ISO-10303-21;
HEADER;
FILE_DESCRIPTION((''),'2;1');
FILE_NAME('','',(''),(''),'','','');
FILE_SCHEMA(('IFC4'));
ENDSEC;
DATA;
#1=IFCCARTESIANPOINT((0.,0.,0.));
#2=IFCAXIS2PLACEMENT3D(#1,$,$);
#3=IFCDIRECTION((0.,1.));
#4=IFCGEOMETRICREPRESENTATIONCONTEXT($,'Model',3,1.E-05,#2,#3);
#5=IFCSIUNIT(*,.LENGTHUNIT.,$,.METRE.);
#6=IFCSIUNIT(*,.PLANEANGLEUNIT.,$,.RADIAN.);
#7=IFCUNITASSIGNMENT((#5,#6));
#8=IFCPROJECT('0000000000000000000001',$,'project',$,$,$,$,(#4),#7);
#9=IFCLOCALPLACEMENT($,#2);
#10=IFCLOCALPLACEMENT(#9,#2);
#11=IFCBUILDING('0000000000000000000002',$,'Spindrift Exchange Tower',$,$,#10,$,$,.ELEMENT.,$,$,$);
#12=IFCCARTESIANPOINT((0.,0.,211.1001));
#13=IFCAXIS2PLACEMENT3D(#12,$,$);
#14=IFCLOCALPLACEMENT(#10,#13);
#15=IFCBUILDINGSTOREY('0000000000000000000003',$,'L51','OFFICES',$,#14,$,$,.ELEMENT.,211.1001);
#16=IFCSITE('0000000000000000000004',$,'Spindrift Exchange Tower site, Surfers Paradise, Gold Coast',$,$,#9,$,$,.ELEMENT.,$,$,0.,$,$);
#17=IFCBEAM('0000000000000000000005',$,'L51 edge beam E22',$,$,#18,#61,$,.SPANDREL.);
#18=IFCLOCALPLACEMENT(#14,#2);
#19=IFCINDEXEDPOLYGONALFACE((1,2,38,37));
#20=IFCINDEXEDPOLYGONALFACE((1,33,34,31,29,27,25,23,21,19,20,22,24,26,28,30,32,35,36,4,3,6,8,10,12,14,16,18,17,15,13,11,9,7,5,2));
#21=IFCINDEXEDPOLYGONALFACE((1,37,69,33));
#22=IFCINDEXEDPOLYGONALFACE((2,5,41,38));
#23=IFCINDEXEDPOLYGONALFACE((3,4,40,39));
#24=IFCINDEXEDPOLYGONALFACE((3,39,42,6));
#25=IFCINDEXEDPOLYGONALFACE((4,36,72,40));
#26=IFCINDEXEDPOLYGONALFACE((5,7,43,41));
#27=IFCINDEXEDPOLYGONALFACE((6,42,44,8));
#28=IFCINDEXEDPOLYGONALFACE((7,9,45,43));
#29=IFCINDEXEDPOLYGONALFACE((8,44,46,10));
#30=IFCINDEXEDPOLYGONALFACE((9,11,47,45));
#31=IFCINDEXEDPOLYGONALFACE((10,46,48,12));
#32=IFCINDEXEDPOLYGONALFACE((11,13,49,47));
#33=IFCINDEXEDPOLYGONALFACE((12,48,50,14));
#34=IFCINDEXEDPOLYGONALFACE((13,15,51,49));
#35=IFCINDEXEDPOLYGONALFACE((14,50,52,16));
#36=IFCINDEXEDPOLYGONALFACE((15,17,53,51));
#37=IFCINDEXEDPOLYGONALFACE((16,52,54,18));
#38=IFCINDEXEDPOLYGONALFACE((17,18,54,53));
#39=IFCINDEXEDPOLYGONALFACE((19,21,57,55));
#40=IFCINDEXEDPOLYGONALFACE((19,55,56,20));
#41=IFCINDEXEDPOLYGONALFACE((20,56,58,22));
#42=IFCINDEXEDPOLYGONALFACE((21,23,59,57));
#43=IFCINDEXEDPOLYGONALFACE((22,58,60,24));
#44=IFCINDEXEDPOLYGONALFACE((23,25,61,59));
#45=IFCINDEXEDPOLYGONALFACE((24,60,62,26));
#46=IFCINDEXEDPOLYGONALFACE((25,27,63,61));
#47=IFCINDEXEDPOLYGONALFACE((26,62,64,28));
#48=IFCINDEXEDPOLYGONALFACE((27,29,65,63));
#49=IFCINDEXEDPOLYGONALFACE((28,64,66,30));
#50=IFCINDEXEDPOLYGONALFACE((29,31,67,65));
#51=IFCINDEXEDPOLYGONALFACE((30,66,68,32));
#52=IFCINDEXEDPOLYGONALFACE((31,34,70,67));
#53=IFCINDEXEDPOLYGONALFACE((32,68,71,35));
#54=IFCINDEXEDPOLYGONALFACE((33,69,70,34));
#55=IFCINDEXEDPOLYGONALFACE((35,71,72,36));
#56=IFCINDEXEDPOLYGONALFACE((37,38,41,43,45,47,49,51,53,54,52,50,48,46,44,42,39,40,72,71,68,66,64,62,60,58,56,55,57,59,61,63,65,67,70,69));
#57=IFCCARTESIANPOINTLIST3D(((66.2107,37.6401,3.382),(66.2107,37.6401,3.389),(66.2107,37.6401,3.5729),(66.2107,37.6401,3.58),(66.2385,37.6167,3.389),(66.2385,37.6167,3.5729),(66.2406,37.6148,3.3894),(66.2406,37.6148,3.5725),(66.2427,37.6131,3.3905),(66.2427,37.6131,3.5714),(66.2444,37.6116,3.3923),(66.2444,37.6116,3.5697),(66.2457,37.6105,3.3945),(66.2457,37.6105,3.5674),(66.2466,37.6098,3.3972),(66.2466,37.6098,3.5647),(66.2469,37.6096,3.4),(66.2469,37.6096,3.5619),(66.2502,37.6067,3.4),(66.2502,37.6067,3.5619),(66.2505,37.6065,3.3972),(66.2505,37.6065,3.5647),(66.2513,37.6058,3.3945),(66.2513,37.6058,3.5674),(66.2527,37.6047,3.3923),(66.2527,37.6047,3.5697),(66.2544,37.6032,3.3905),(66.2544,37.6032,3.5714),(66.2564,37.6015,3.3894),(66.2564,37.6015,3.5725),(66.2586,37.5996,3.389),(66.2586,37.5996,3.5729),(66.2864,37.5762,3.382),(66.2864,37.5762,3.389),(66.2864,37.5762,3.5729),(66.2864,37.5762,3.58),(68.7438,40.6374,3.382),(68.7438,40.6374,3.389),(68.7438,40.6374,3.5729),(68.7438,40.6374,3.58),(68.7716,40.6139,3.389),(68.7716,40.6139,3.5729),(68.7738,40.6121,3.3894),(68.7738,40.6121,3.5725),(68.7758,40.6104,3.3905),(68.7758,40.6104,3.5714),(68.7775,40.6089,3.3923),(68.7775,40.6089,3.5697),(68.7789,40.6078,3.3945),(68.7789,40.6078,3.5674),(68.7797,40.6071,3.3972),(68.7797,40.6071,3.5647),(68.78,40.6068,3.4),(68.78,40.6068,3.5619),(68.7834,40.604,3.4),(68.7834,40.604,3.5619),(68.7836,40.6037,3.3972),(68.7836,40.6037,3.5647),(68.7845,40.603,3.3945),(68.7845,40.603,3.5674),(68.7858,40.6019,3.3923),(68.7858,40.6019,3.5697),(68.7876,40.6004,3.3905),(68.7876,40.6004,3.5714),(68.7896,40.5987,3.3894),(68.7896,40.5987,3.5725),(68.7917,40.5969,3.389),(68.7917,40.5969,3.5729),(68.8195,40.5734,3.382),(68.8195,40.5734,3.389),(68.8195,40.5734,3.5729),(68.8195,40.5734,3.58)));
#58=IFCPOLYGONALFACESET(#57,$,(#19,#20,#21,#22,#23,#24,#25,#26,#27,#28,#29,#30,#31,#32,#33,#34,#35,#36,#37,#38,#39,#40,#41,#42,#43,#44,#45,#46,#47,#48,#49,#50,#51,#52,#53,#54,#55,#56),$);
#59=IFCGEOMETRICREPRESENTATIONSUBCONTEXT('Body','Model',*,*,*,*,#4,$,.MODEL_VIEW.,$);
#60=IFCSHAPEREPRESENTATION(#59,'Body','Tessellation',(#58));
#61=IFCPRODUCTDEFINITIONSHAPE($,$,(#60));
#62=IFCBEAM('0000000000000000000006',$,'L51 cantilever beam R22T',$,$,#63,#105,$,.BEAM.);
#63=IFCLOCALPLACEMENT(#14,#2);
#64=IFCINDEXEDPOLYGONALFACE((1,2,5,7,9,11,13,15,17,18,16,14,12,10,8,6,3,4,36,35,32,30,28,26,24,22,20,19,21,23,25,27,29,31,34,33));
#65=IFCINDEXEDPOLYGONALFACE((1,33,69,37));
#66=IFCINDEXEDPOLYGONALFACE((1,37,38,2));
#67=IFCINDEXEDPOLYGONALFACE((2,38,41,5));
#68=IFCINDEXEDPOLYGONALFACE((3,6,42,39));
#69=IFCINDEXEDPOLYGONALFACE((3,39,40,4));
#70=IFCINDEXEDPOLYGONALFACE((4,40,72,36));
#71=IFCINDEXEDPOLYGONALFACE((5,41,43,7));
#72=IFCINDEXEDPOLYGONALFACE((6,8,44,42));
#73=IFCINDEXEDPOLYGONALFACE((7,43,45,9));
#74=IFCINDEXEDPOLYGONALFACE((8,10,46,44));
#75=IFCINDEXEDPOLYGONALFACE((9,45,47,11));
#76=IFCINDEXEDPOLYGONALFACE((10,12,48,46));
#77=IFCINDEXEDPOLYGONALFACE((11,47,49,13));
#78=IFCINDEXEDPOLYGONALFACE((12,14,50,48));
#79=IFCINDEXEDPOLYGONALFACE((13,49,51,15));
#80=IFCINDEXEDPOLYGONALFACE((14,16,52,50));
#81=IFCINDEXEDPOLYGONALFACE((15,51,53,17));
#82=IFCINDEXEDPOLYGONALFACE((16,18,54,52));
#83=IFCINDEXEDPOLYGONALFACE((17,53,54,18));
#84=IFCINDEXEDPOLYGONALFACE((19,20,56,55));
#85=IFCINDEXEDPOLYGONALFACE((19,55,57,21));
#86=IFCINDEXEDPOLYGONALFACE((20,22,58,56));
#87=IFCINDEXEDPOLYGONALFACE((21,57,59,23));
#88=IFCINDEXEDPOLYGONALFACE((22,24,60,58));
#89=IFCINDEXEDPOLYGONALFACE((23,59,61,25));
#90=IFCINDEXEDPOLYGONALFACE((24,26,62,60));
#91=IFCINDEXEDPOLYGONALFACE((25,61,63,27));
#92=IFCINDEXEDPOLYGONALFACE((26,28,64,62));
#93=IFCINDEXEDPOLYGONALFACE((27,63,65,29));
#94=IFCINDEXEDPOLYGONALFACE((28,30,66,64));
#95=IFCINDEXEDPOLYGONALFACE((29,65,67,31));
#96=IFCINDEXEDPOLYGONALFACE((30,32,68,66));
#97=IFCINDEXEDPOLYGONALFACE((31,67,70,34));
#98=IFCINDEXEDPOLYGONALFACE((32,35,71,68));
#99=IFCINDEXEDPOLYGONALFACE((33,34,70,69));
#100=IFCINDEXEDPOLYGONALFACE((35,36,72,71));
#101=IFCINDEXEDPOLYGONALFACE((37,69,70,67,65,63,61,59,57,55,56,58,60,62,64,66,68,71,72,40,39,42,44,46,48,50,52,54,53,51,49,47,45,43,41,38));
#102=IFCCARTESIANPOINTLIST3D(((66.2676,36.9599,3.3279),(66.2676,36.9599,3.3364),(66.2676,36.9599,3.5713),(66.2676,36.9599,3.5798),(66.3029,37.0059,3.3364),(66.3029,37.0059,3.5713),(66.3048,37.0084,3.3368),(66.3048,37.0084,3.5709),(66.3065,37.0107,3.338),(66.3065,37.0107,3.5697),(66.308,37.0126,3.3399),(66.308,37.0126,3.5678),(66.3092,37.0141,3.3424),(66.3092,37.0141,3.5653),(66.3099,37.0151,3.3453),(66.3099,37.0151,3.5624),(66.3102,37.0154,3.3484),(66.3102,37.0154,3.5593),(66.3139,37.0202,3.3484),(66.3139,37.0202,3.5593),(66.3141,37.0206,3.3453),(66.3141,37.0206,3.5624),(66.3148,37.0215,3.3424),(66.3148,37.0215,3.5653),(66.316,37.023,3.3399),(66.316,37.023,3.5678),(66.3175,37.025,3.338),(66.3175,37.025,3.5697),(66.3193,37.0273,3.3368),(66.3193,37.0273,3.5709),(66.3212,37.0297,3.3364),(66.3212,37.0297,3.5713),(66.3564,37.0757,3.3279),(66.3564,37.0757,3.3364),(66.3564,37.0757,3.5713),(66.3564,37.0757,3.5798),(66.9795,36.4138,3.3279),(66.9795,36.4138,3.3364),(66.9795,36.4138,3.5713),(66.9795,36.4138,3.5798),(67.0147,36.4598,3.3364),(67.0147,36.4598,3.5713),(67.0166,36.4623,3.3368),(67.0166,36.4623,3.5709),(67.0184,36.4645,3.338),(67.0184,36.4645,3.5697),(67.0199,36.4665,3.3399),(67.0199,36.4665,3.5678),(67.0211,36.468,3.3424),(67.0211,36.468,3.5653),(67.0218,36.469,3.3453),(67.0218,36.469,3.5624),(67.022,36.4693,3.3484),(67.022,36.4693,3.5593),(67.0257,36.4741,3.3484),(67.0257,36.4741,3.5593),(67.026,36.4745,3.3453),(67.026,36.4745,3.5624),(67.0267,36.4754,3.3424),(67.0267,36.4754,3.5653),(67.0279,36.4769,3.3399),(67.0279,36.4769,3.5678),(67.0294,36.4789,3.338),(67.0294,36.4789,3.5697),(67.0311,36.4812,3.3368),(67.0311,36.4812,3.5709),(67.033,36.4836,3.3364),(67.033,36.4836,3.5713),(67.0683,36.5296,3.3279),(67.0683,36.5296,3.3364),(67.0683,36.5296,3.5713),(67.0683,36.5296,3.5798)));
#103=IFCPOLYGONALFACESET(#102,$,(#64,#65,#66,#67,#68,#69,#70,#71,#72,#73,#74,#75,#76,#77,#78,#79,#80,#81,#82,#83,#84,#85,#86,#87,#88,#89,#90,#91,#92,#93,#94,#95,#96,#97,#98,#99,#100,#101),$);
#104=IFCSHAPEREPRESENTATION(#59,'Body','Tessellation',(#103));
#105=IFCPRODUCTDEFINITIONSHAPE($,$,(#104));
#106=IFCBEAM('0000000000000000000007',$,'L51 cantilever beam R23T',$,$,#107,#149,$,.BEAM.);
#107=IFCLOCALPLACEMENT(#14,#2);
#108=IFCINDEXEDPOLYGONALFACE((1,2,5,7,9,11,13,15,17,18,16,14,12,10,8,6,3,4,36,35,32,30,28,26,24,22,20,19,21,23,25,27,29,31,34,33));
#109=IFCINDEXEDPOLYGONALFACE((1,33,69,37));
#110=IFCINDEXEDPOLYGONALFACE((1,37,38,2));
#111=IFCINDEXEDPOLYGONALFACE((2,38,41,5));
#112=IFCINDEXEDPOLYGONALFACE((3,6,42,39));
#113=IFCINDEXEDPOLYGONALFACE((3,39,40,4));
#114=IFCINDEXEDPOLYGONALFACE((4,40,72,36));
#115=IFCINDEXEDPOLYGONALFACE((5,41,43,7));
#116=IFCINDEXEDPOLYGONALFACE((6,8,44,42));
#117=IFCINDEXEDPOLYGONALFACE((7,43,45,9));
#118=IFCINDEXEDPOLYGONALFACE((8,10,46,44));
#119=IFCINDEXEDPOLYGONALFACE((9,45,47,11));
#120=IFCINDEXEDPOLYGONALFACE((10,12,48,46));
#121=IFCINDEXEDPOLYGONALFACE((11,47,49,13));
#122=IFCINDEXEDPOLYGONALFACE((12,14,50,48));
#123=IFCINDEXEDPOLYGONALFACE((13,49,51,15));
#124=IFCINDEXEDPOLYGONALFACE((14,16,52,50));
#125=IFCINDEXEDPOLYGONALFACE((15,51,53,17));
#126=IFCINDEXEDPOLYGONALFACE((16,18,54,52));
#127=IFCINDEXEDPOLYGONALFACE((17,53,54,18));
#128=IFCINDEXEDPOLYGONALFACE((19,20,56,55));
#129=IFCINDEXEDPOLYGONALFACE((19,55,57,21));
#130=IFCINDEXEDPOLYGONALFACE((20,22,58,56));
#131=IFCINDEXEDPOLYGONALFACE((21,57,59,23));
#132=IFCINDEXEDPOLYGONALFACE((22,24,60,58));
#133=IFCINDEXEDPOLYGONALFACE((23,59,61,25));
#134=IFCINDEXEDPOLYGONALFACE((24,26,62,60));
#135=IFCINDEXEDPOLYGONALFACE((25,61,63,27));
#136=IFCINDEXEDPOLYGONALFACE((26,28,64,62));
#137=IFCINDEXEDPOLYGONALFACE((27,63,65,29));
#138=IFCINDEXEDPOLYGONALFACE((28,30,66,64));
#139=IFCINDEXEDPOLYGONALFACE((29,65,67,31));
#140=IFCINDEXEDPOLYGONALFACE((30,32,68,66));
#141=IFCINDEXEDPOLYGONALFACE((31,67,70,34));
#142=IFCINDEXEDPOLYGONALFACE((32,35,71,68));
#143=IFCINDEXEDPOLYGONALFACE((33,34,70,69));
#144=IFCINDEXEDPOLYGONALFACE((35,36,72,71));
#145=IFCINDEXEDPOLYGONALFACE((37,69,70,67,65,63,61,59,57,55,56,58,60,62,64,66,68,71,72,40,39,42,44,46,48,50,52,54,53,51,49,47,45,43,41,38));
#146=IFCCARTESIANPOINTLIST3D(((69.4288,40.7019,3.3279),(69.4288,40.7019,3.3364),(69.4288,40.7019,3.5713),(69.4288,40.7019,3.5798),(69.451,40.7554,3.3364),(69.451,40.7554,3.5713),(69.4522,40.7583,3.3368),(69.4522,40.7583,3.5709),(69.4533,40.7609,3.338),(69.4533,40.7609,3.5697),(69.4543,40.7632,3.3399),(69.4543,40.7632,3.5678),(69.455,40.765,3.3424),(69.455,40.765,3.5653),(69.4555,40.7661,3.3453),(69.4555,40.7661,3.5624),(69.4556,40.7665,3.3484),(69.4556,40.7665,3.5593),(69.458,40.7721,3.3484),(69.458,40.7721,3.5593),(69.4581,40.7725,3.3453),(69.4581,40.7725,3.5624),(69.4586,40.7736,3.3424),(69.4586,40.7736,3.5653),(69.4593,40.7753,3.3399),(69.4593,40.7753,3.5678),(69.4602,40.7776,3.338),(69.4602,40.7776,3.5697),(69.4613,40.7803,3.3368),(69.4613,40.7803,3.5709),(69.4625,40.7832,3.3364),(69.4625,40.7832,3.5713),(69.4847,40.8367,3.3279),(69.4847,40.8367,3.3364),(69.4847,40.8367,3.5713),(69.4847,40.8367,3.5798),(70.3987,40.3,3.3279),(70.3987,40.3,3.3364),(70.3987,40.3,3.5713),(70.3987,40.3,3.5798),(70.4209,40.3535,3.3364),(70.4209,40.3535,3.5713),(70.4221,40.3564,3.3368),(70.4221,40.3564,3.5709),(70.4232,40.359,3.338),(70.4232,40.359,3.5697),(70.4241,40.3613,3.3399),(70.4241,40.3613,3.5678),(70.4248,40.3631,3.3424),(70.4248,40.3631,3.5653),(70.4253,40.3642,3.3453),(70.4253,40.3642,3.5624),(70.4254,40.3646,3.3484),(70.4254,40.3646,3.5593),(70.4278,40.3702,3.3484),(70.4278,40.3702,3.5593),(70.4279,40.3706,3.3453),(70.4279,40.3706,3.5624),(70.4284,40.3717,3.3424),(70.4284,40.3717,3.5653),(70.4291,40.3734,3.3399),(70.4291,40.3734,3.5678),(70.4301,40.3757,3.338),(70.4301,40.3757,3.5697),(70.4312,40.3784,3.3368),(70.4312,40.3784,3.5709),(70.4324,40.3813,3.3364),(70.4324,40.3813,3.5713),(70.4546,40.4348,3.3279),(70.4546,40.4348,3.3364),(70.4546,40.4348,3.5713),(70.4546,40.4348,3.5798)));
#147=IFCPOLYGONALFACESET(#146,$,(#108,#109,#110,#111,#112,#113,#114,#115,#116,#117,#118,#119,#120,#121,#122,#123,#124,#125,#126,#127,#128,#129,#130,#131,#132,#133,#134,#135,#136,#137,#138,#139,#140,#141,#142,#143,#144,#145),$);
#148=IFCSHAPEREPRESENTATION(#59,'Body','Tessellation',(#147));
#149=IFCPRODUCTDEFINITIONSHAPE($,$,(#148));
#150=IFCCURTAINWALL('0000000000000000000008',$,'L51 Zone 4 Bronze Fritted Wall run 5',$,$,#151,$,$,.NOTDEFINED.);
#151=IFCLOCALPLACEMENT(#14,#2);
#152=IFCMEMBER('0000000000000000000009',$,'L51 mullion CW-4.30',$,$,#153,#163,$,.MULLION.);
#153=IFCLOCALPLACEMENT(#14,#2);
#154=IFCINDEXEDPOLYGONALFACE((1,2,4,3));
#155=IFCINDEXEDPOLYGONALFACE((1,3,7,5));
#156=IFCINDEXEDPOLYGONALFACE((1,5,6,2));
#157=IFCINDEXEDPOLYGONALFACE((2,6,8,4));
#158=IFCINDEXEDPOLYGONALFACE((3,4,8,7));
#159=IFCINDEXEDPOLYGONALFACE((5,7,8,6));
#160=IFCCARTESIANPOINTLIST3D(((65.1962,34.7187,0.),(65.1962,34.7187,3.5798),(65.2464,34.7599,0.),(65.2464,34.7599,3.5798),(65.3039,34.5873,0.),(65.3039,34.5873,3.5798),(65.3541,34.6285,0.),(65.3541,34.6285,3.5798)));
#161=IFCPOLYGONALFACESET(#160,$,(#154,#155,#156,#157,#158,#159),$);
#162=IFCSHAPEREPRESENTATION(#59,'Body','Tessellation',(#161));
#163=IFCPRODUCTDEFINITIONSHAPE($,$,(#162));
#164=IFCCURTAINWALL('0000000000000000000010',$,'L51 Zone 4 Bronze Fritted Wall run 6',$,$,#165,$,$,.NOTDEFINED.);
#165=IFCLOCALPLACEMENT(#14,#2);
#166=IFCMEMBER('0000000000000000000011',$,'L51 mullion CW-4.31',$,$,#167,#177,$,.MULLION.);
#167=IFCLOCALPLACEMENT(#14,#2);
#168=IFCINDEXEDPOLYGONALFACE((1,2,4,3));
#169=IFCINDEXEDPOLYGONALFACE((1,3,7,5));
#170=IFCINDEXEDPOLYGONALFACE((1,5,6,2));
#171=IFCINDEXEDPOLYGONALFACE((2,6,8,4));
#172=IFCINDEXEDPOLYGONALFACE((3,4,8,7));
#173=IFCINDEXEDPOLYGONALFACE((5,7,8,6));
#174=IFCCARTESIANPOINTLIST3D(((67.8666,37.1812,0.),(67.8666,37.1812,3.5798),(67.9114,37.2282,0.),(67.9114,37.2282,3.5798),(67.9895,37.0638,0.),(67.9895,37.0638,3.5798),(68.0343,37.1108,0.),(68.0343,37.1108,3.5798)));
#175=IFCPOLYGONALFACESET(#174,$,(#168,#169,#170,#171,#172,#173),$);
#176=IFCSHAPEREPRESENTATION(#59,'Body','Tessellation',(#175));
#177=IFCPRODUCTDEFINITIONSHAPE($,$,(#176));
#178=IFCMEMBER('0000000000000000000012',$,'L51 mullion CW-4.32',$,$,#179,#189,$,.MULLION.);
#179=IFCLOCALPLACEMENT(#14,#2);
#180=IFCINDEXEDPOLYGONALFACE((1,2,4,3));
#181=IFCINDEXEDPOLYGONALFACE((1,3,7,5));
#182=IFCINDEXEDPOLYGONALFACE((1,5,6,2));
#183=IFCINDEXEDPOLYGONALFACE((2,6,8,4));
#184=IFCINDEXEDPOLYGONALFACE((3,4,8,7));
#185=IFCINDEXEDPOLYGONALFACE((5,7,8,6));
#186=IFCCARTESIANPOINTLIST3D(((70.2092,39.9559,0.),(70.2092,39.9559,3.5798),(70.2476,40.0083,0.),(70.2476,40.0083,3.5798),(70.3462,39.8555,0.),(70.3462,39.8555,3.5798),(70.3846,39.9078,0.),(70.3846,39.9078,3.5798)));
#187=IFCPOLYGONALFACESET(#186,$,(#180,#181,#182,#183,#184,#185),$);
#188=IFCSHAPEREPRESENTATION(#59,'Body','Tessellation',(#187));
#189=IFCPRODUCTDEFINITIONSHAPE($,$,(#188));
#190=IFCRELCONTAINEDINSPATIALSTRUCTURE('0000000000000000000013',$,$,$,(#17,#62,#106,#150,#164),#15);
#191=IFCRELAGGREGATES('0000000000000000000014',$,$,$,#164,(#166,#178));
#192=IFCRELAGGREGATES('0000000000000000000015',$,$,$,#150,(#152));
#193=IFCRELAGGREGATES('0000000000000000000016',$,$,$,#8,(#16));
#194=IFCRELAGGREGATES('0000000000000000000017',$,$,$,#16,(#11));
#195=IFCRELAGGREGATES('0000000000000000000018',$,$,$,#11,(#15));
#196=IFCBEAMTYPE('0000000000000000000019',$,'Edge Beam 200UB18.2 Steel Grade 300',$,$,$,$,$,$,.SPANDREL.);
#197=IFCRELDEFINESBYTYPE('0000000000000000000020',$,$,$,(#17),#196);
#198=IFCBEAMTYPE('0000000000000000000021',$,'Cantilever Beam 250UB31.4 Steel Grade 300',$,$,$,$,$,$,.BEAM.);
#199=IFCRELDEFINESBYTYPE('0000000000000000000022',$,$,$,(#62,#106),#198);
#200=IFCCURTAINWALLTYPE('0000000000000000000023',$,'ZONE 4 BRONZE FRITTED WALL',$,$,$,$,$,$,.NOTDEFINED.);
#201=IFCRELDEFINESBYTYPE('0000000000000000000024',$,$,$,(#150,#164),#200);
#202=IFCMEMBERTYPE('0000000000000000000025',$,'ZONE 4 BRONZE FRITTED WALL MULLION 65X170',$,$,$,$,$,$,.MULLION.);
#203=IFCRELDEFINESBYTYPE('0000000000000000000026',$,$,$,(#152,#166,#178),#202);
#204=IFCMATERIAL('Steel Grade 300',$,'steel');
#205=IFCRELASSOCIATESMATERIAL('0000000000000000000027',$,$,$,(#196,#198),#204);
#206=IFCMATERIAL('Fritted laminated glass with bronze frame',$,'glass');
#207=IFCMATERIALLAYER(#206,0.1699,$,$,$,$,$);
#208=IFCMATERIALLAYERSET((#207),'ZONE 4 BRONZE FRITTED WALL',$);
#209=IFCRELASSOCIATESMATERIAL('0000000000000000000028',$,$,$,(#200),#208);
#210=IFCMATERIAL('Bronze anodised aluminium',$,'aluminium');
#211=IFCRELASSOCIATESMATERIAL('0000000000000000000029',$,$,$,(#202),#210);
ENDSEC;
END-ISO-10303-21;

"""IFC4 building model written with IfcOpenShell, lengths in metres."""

from ifc_helpers import new_model, si_unit, direction, frame, origin, origin_2d, place, context, subcontext, project, spatial, rectangle, i_section, extrude, source, transform, mapped, material, layer, layer_set, material_profile, profile_set, type_object, element, aggregate, save


model = new_model("IFC4")

# Units and contexts
model_context = context("Model", 3, precision=1e-05, world=origin(), true_north=direction((0.0, 1.0)))
body_context = subcontext(model_context, "Body", "Model", "MODEL_VIEW")
ifc_project = project(units=[si_unit("LENGTHUNIT", "METRE"), si_unit("PLANEANGLEUNIT", "RADIAN")], contexts=[model_context])

# Site, building, storey
site_placement = place(None, origin())
site = spatial("IfcSite", under=ifc_project, at=site_placement, Name="Spindrift Exchange Tower site, Surfers Paradise, Gold Coast", CompositionType="ELEMENT", RefElevation=0.0)
building_placement = place(site_placement, origin())
building = spatial("IfcBuilding", under=site, at=building_placement, Name="Spindrift Exchange Tower", CompositionType="ELEMENT")
storey_placement = place(building_placement, frame((0.0, 0.0, 211.1001)))
storey = spatial("IfcBuildingStorey", under=building, at=storey_placement, Name="L51", Description="OFFICES", CompositionType="ELEMENT", Elevation=211.1001)

# Beams
ifc_material_1 = material(Name="Steel Grade 300", Category="steel")
ifc_material_profile_1 = material_profile(ifc_material_1, i_section(OverallWidth=0.0991, OverallDepth=0.198, WebThickness=0.0044, FlangeThickness=0.0071, FilletRadius=0.011, at=origin_2d()), Name="200UB18.2")
ifc_profile_set_1 = profile_set([ifc_material_profile_1], Name="Steel Grade 300")
beam_type_1 = type_object("IfcBeamType", Name="Edge Beam 200UB18.2 Steel Grade 300", PredefinedType="SPANDREL", material=ifc_profile_set_1)
shared_shape_1 = source(origin(), body_context, "Body", "SweptSolid", [
    extrude(i_section(OverallWidth=0.0991, OverallDepth=0.198, WebThickness=0.0044, FlangeThickness=0.0071, FilletRadius=0.011, at=origin_2d()), origin(), (0.0, 0.0, 1.0), 3.9243),
])
beam_1_placement = place(storey_placement, frame((66.2485, 37.6082, 3.481), z_axis=(0.645499, 0.763761, 0.0), x_axis=(-0.763761, 0.645499, 0.0)))
element("IfcBeam", 1, at=beam_1_placement, inside=storey, type_object=beam_type_1, Name="L51 edge beam E22", PredefinedType="SPANDREL", context=body_context, shape_type="MappedRepresentation", body=[
    mapped(shared_shape_1, transform((0.0, 0.0, 0.0), scale=1.0)),
])
ifc_material_profile_2 = material_profile(ifc_material_1, i_section(OverallWidth=0.146, OverallDepth=0.252, WebThickness=0.0061, FlangeThickness=0.0085, FilletRadius=0.012, at=origin_2d()), Name="250UB31.4")
ifc_profile_set_2 = profile_set([ifc_material_profile_2], Name="Steel Grade 300")
beam_type_2 = type_object("IfcBeamType", Name="Cantilever Beam 250UB31.4 Steel Grade 300", PredefinedType="BEAM", material=ifc_profile_set_2)
shared_shape_2 = source(origin(), body_context, "Body", "SweptSolid", [
    extrude(i_section(OverallWidth=0.146, OverallDepth=0.252, WebThickness=0.0061, FlangeThickness=0.0085, FilletRadius=0.012, at=origin_2d()), origin(), (0.0, 0.0, 1.0), 0.8972),
])
beam_2_placement = place(storey_placement, frame((66.312, 37.0178, 3.4539), z_axis=(0.793422, -0.608671, 0.0), x_axis=(0.608671, 0.793422, 0.0)))
element("IfcBeam", 2, at=beam_2_placement, inside=storey, type_object=beam_type_2, Name="L51 cantilever beam R22T", PredefinedType="BEAM", context=body_context, shape_type="MappedRepresentation", body=[
    mapped(shared_shape_2, transform((0.0, 0.0, 0.0), scale=1.0)),
])
shared_shape_3 = source(origin(), body_context, "Body", "SweptSolid", [
    extrude(i_section(OverallWidth=0.146, OverallDepth=0.252, WebThickness=0.0061, FlangeThickness=0.0085, FilletRadius=0.012, at=origin_2d()), origin(), (0.0, 0.0, 1.0), 1.0498),
])
beam_3_placement = place(storey_placement, frame((69.4568, 40.7693, 3.4539), z_axis=(0.923818, -0.382831, 0.0), x_axis=(0.382831, 0.923818, 0.0)))
element("IfcBeam", 3, at=beam_3_placement, inside=storey, type_object=beam_type_2, Name="L51 cantilever beam R23T", PredefinedType="BEAM", context=body_context, shape_type="MappedRepresentation", body=[
    mapped(shared_shape_3, transform((0.0, 0.0, 0.0), scale=1.0)),
])

# Curtain wall, member
ifc_material_2 = material(Name="Fritted laminated glass with bronze frame", Category="glass")
ifc_layer_1 = layer(ifc_material_2, 0.1699)
ifc_layer_set_1 = layer_set([ifc_layer_1], Name="ZONE 4 BRONZE FRITTED WALL")
curtain_wall_type = type_object("IfcCurtainWallType", Name="ZONE 4 BRONZE FRITTED WALL", PredefinedType="NOTDEFINED", material=ifc_layer_set_1)
curtain_wall_1_placement = place(storey_placement, origin())
curtain_wall_1 = element("IfcCurtainWall", 4, at=curtain_wall_1_placement, inside=storey, type_object=curtain_wall_type, Name="L51 Zone 4 Bronze Fritted Wall run 5", PredefinedType="NOTDEFINED")
ifc_material_3 = material(Name="Bronze anodised aluminium", Category="aluminium")
ifc_material_profile_3 = material_profile(ifc_material_3, rectangle(XDim=0.0649, YDim=0.1699, at=origin_2d()), Name="ZONE 4 BRONZE FRITTED WALL MULLION 65X170")
ifc_profile_set_3 = profile_set([ifc_material_profile_3], Name="Bronze anodised aluminium")
member_type_1 = type_object("IfcMemberType", Name="ZONE 4 BRONZE FRITTED WALL MULLION 65X170", PredefinedType="MULLION", material=ifc_profile_set_3)
shared_shape_4 = source(origin(), body_context, "Body", "SweptSolid", [
    extrude(rectangle(XDim=0.0649, YDim=0.1699, at=origin_2d()), origin(), (0.0, 0.0, 1.0), 3.5798),
])
member_1_placement = place(storey_placement, frame((65.2751, 34.6736, 0.0), z_axis=(0.0, 0.0, 1.0), x_axis=(0.773461, 0.633844, 0.0)))
member_1 = element("IfcMember", 5, at=member_1_placement, type_object=member_type_1, Name="L51 mullion CW-4.30", PredefinedType="MULLION", context=body_context, shape_type="MappedRepresentation", body=[
    mapped(shared_shape_4, transform((0.0, 0.0, 0.0), scale=1.0)),
])

# Curtain wall, members
curtain_wall_2_placement = place(storey_placement, origin())
curtain_wall_2 = element("IfcCurtainWall", 6, at=curtain_wall_2_placement, inside=storey, type_object=curtain_wall_type, Name="L51 Zone 4 Bronze Fritted Wall run 6", PredefinedType="NOTDEFINED")
member_2_placement = place(storey_placement, frame((67.9504, 37.146, 0.0), z_axis=(0.0, 0.0, 1.0), x_axis=(0.690661, 0.723178, 0.0)))
member_2 = element("IfcMember", 7, at=member_2_placement, type_object=member_type_1, Name="L51 mullion CW-4.31", PredefinedType="MULLION", context=body_context, shape_type="MappedRepresentation", body=[
    mapped(shared_shape_4, transform((0.0, 0.0, 0.0), scale=1.0)),
])
member_3_placement = place(storey_placement, frame((70.2969, 39.9319, 0.0), z_axis=(0.0, 0.0, 1.0), x_axis=(0.59122, 0.80651, 0.0)))
member_3 = element("IfcMember", 8, at=member_3_placement, type_object=member_type_1, Name="L51 mullion CW-4.32", PredefinedType="MULLION", context=body_context, shape_type="MappedRepresentation", body=[
    mapped(shared_shape_4, transform((0.0, 0.0, 0.0), scale=1.0)),
])

aggregate(curtain_wall_2, [member_2, member_3])
aggregate(curtain_wall_1, [member_1])

save(model, "model.ifc")
